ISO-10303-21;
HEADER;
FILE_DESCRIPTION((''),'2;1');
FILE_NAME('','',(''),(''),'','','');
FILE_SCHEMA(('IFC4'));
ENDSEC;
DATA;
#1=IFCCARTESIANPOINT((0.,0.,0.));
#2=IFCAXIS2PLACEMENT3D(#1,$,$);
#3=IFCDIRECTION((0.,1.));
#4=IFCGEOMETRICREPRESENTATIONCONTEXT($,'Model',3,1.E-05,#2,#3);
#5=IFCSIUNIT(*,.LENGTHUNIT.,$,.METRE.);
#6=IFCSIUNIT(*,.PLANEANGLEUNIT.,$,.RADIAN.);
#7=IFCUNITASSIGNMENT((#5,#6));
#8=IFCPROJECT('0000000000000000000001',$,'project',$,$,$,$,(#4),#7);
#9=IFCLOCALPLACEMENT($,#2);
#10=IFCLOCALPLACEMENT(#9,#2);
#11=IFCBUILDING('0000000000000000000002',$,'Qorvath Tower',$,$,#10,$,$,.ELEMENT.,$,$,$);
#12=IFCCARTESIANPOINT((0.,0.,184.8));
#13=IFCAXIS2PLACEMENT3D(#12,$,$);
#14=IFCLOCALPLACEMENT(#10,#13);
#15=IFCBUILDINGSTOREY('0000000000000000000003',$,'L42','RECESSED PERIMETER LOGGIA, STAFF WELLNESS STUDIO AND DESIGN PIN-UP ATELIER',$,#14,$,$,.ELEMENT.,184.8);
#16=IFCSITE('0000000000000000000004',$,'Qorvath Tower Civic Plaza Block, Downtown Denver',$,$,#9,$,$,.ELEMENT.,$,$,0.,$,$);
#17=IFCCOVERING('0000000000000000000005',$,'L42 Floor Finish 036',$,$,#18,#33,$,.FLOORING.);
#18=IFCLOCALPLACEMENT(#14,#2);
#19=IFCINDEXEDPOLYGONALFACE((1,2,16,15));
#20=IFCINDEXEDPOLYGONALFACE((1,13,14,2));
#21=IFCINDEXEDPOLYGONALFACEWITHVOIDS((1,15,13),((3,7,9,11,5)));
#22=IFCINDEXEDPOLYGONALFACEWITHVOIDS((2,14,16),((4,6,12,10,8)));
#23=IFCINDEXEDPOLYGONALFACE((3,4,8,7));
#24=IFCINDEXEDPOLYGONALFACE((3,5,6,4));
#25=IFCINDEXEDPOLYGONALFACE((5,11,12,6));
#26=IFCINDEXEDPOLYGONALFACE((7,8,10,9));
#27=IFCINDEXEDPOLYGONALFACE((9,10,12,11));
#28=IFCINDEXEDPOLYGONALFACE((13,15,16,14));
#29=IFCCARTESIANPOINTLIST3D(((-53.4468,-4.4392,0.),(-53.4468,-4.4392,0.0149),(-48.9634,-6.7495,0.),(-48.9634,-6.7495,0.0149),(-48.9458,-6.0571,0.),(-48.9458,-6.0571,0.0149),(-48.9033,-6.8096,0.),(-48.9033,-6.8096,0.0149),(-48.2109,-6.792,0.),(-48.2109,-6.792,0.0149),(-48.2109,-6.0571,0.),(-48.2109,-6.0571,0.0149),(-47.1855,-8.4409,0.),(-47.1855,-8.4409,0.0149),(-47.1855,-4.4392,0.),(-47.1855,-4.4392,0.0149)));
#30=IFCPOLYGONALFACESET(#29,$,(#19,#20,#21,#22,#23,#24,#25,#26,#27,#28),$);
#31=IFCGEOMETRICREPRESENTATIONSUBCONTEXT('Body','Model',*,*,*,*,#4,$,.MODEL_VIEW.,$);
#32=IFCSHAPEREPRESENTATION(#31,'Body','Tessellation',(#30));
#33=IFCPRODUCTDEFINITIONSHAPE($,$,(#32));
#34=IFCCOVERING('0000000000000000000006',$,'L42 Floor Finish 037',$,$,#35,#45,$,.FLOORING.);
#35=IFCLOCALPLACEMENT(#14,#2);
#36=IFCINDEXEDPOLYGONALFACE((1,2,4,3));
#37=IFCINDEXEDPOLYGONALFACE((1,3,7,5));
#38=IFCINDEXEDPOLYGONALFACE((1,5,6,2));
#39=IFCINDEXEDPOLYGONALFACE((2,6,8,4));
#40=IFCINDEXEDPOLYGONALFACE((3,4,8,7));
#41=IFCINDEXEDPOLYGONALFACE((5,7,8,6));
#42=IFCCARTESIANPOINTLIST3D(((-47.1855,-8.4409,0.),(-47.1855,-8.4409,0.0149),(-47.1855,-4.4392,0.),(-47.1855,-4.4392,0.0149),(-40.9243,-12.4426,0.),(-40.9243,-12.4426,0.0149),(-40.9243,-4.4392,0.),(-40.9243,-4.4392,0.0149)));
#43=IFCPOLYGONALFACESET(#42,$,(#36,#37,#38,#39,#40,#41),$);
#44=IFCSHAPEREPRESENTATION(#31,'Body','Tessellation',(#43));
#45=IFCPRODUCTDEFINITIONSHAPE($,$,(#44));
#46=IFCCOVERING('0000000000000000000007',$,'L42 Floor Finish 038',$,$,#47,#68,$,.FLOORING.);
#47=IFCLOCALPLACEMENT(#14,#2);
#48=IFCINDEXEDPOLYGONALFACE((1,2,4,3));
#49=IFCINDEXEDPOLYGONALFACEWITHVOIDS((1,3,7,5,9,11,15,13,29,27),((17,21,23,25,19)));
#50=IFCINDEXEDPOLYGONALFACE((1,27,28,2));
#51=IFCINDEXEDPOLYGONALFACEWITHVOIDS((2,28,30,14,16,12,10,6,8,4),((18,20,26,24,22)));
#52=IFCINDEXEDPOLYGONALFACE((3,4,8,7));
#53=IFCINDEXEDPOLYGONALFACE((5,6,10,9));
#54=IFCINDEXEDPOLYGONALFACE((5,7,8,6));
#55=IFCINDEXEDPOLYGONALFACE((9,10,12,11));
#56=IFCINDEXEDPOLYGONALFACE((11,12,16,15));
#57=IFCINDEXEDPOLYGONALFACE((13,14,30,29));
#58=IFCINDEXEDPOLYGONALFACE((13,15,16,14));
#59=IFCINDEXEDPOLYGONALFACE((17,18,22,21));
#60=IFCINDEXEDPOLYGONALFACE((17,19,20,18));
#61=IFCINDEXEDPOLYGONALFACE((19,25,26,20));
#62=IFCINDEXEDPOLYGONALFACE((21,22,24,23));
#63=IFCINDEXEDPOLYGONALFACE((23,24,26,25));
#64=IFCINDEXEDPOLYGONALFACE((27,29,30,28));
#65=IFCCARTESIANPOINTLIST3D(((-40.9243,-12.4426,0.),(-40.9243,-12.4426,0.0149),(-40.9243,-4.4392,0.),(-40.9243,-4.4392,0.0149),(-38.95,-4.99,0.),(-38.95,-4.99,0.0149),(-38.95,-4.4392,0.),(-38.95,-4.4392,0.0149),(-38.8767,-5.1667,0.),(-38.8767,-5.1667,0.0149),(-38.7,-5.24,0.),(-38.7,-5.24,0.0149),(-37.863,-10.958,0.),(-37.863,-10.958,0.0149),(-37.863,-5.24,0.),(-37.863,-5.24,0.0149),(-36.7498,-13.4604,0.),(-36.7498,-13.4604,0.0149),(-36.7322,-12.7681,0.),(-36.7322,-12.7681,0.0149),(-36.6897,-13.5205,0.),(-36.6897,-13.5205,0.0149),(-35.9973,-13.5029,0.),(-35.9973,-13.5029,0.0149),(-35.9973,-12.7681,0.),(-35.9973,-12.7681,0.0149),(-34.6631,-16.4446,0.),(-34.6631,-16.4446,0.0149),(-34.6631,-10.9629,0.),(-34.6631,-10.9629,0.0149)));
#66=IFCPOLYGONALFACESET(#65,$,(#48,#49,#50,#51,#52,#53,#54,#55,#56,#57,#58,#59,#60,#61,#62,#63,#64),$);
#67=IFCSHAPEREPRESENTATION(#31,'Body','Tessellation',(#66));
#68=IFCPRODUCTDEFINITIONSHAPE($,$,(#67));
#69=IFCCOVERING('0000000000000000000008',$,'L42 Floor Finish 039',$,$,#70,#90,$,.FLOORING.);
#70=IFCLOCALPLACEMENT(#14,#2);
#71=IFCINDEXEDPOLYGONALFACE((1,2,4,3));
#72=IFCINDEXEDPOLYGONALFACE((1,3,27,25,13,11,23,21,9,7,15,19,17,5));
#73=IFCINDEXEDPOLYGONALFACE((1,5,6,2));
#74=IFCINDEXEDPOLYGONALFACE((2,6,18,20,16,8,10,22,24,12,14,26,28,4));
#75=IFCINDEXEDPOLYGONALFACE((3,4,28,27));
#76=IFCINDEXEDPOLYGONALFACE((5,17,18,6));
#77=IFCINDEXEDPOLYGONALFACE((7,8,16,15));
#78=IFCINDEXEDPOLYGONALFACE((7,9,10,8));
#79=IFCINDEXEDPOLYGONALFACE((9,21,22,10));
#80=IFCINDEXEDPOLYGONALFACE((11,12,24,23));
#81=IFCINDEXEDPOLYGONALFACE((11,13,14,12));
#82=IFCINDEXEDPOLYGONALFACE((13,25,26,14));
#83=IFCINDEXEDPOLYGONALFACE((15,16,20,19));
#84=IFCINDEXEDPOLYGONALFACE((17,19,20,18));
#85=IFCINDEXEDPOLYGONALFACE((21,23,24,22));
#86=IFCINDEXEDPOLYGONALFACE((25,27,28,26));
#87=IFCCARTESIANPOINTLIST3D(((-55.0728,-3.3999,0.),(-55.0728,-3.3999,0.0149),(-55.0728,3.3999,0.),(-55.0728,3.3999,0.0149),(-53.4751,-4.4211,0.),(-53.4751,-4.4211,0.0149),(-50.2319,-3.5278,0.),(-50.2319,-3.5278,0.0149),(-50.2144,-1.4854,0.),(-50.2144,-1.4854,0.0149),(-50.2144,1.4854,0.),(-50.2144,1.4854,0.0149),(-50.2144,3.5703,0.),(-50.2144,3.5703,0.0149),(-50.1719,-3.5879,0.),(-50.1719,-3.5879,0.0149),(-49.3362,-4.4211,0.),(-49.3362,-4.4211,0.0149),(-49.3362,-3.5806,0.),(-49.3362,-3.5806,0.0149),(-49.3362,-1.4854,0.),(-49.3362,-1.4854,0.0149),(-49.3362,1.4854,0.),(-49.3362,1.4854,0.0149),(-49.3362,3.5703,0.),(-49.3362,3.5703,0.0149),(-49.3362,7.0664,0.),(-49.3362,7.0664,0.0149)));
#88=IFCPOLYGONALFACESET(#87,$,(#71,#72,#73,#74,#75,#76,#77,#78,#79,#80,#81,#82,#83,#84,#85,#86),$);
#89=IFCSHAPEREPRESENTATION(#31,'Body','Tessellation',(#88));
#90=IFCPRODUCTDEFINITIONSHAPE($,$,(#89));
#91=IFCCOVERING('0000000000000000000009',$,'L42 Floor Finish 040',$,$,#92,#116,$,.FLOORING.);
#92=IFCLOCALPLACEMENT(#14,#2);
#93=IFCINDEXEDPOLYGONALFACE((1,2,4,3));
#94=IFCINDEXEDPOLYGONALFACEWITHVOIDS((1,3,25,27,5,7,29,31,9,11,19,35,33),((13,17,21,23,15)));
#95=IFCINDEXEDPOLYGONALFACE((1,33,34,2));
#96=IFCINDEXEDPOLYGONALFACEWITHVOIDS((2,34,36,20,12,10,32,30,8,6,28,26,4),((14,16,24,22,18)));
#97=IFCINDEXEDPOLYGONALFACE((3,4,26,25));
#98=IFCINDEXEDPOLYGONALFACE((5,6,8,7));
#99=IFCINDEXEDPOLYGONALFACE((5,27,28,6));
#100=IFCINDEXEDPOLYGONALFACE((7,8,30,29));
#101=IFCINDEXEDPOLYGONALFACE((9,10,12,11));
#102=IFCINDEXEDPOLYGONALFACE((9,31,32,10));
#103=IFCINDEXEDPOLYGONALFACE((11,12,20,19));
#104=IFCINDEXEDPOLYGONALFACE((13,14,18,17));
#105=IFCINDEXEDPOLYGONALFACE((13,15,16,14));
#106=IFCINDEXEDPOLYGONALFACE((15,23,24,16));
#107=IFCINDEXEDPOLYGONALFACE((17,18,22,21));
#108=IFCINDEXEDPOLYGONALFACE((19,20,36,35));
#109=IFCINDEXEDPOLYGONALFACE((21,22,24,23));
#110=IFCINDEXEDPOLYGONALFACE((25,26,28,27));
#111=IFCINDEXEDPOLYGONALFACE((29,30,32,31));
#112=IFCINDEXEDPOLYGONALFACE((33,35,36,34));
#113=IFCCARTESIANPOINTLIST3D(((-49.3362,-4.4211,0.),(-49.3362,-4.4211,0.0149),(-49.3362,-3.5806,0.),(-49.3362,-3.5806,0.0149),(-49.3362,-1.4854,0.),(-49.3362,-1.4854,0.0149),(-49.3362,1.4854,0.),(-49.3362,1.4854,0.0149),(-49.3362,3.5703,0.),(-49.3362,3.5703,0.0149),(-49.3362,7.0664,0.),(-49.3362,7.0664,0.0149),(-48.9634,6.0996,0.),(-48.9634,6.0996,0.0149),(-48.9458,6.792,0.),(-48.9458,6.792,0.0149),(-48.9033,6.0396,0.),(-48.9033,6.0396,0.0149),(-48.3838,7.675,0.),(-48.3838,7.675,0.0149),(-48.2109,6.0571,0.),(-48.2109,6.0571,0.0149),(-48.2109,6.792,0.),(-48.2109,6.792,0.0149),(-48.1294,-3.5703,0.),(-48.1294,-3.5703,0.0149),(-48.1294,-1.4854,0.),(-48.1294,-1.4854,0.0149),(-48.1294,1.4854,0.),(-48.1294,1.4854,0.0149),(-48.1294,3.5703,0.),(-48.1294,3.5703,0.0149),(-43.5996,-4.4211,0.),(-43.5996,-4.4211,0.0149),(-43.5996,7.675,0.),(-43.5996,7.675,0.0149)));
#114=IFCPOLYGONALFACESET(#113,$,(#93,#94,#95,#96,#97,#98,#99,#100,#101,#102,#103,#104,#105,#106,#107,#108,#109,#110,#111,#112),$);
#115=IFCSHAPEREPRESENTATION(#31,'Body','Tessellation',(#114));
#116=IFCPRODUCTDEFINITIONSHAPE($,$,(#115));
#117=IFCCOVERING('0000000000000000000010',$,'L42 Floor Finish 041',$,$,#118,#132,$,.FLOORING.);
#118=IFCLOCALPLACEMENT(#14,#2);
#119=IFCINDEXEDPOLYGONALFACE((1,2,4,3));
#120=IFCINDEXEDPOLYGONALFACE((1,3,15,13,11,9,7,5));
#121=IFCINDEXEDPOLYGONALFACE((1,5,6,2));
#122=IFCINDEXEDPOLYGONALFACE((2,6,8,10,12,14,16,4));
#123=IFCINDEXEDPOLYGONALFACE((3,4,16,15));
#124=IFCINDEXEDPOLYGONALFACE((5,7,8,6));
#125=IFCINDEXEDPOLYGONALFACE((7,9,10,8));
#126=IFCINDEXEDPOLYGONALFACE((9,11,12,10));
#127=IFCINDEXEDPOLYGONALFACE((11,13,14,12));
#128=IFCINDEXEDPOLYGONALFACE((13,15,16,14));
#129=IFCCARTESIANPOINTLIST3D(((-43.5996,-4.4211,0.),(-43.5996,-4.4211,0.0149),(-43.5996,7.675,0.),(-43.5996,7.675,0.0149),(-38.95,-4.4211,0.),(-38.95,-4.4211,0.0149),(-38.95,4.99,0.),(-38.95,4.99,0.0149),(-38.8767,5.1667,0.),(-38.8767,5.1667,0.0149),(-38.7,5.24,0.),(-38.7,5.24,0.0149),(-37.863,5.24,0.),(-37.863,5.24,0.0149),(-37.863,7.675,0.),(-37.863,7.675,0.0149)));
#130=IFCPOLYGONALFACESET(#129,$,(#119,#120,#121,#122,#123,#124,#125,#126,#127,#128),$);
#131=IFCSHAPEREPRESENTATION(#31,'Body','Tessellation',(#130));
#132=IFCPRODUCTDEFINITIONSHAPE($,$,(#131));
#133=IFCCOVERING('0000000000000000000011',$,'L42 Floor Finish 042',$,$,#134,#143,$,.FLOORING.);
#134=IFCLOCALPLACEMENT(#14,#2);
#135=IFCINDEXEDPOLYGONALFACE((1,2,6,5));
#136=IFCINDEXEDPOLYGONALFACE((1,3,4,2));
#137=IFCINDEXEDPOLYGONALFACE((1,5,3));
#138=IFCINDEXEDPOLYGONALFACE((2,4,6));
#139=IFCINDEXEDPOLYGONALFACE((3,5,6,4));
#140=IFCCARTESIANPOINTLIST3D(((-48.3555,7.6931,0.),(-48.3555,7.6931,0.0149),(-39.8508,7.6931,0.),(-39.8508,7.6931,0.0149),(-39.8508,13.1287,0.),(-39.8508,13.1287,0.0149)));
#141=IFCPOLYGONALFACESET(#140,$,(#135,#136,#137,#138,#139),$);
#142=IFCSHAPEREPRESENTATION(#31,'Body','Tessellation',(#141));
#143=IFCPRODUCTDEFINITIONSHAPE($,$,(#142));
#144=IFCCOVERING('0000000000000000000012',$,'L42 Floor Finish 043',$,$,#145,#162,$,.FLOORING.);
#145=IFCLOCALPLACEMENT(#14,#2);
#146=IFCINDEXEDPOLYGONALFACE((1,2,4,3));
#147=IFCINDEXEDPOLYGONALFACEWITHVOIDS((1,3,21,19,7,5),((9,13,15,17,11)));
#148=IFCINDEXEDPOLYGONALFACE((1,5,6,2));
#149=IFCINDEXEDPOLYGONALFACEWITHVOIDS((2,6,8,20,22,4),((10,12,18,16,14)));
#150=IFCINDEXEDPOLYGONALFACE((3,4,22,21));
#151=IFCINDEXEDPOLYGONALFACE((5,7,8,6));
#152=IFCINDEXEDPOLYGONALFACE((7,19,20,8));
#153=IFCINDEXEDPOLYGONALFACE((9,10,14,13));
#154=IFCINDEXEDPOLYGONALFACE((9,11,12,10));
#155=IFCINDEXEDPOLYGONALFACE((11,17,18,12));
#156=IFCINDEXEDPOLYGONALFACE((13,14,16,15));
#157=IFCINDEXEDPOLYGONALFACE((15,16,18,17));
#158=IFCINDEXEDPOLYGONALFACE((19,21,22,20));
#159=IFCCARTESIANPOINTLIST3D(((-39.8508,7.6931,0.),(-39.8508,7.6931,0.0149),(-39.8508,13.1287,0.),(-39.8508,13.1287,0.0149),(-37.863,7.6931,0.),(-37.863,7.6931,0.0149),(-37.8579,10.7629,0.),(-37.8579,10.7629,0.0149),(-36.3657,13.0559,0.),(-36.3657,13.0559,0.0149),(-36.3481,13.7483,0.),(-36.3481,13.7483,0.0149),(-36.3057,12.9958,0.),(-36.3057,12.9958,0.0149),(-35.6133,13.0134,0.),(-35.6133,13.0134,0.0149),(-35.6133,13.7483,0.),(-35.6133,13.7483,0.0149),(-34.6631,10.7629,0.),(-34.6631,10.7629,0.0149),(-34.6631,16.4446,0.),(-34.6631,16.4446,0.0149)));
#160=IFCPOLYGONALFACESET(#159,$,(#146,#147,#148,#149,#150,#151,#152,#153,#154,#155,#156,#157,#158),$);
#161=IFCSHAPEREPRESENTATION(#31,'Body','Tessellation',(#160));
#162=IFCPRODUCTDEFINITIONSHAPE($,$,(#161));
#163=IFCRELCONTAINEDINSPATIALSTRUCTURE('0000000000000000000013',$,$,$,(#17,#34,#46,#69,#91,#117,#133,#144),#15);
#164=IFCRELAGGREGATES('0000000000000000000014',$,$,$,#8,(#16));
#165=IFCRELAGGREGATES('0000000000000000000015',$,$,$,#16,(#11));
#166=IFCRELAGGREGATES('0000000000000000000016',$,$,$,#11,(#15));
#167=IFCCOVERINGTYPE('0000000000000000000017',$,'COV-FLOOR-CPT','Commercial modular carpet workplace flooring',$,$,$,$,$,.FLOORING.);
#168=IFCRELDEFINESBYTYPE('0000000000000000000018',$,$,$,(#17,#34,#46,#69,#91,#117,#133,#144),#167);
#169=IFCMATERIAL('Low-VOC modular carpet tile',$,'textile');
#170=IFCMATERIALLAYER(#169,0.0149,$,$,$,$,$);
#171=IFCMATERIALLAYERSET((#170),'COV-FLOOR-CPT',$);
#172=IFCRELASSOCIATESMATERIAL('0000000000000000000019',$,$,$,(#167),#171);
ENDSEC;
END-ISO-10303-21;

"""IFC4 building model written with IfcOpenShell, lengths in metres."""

from ifc_helpers import new_model, si_unit, direction, frame, origin, place, context, subcontext, project, spatial, polyline, outline, extrude, material, layer, layer_set, type_object, element, save


model = new_model("IFC4")

# Units and contexts
model_context = context("Model", 3, precision=1e-05, world=origin(), true_north=direction((0.0, 1.0)))
body_context = subcontext(model_context, "Body", "Model", "MODEL_VIEW")
ifc_project = project(units=[si_unit("LENGTHUNIT", "METRE"), si_unit("PLANEANGLEUNIT", "RADIAN")], contexts=[model_context])

# Site, building, storey
site_placement = place(None, origin())
site = spatial("IfcSite", under=ifc_project, at=site_placement, Name="Qorvath Tower Civic Plaza Block, Downtown Denver", CompositionType="ELEMENT", RefElevation=0.0)
building_placement = place(site_placement, origin())
building = spatial("IfcBuilding", under=site, at=building_placement, Name="Qorvath Tower", CompositionType="ELEMENT")
storey_placement = place(building_placement, frame((0.0, 0.0, 184.8)))
storey = spatial("IfcBuildingStorey", under=building, at=storey_placement, Name="L42", Description="RECESSED PERIMETER LOGGIA, STAFF WELLNESS STUDIO AND DESIGN PIN-UP ATELIER", CompositionType="ELEMENT", Elevation=184.8)

# Coverings
ifc_material_1 = material(Name="Low-VOC modular carpet tile", Category="textile")
ifc_layer_1 = layer(ifc_material_1, 0.0149)
ifc_layer_set_1 = layer_set([ifc_layer_1], Name="COV-FLOOR-CPT")
covering_type_1 = type_object("IfcCoveringType", Name="COV-FLOOR-CPT", Description="Commercial modular carpet workplace flooring", PredefinedType="FLOORING", material=ifc_layer_set_1)
covering_1_placement = place(storey_placement, origin())
element("IfcCovering", 1, at=covering_1_placement, inside=storey, type_object=covering_type_1, Name="L42 Floor Finish 036", PredefinedType="FLOORING", context=body_context, shape_type="SweptSolid", body=[
    extrude(outline(polyline([(-47.1855, -8.4409), (-47.1855, -4.4392), (-53.4468, -4.4392), (-47.1855, -8.4409)]), holes=[polyline([(-48.9634, -6.7495), (-48.9458, -6.0571), (-48.2109, -6.0571), (-48.2109, -6.792), (-48.9033, -6.8096), (-48.9634, -6.7495)])]), origin(), (0.0, 0.0, 1.0), 0.0149),
])
covering_2_placement = place(storey_placement, origin())
element("IfcCovering", 2, at=covering_2_placement, inside=storey, type_object=covering_type_1, Name="L42 Floor Finish 037", PredefinedType="FLOORING", context=body_context, shape_type="SweptSolid", body=[
    extrude(outline(polyline([(-40.9243, -12.4426), (-40.9243, -4.4392), (-47.1855, -4.4392), (-47.1855, -8.4409), (-40.9243, -12.4426)])), origin(), (0.0, 0.0, 1.0), 0.0149),
])
covering_3_placement = place(storey_placement, origin())
element("IfcCovering", 3, at=covering_3_placement, inside=storey, type_object=covering_type_1, Name="L42 Floor Finish 038", PredefinedType="FLOORING", context=body_context, shape_type="SweptSolid", body=[
    extrude(outline(polyline([(-37.863, -10.958), (-37.863, -5.24), (-38.7, -5.24), (-38.8767, -5.1667), (-38.95, -4.99), (-38.95, -4.4392), (-40.9243, -4.4392), (-40.9243, -12.4426), (-34.6631, -16.4446), (-34.6631, -10.9629), (-37.863, -10.958)]), holes=[polyline([(-36.7498, -13.4604), (-36.7322, -12.7681), (-35.9973, -12.7681), (-35.9973, -13.5029), (-36.6897, -13.5205), (-36.7498, -13.4604)])]), origin(), (0.0, 0.0, 1.0), 0.0149),
])
covering_4_placement = place(storey_placement, origin())
element("IfcCovering", 4, at=covering_4_placement, inside=storey, type_object=covering_type_1, Name="L42 Floor Finish 039", PredefinedType="FLOORING", context=body_context, shape_type="SweptSolid", body=[
    extrude(outline(polyline([(-49.3362, -4.4211), (-49.3362, -3.5806), (-50.1719, -3.5879), (-50.2319, -3.5278), (-50.2144, -1.4854), (-49.3362, -1.4854), (-49.3362, 1.4854), (-50.2144, 1.4854), (-50.2144, 3.5703), (-49.3362, 3.5703), (-49.3362, 7.0664), (-55.0728, 3.3999), (-55.0728, -3.3999), (-53.4751, -4.4211), (-49.3362, -4.4211)])), origin(), (0.0, 0.0, 1.0), 0.0149),
])
covering_5_placement = place(storey_placement, origin())
element("IfcCovering", 5, at=covering_5_placement, inside=storey, type_object=covering_type_1, Name="L42 Floor Finish 040", PredefinedType="FLOORING", context=body_context, shape_type="SweptSolid", body=[
    extrude(outline(polyline([(-43.5996, -4.4211), (-43.5996, 7.675), (-48.3838, 7.675), (-49.3362, 7.0664), (-49.3362, 3.5703), (-48.1294, 3.5703), (-48.1294, 1.4854), (-49.3362, 1.4854), (-49.3362, -1.4854), (-48.1294, -1.4854), (-48.1294, -3.5703), (-49.3362, -3.5806), (-49.3362, -4.4211), (-43.5996, -4.4211)]), holes=[polyline([(-48.9634, 6.0996), (-48.9458, 6.792), (-48.2109, 6.792), (-48.2109, 6.0571), (-48.9033, 6.0396), (-48.9634, 6.0996)])]), origin(), (0.0, 0.0, 1.0), 0.0149),
])
covering_6_placement = place(storey_placement, origin())
element("IfcCovering", 6, at=covering_6_placement, inside=storey, type_object=covering_type_1, Name="L42 Floor Finish 041", PredefinedType="FLOORING", context=body_context, shape_type="SweptSolid", body=[
    extrude(outline(polyline([(-37.863, 5.24), (-37.863, 7.675), (-43.5996, 7.675), (-43.5996, -4.4211), (-38.95, -4.4211), (-38.95, 4.99), (-38.8767, 5.1667), (-38.7, 5.24), (-37.863, 5.24)])), origin(), (0.0, 0.0, 1.0), 0.0149),
])
covering_7_placement = place(storey_placement, origin())
element("IfcCovering", 7, at=covering_7_placement, inside=storey, type_object=covering_type_1, Name="L42 Floor Finish 042", PredefinedType="FLOORING", context=body_context, shape_type="SweptSolid", body=[
    extrude(outline(polyline([(-39.8508, 7.6931), (-39.8508, 13.1287), (-48.3555, 7.6931), (-39.8508, 7.6931)])), origin(), (0.0, 0.0, 1.0), 0.0149),
])
covering_8_placement = place(storey_placement, origin())
element("IfcCovering", 8, at=covering_8_placement, inside=storey, type_object=covering_type_1, Name="L42 Floor Finish 043", PredefinedType="FLOORING", context=body_context, shape_type="SweptSolid", body=[
    extrude(outline(polyline([(-37.8579, 10.7629), (-34.6631, 10.7629), (-34.6631, 16.4446), (-39.8508, 13.1287), (-39.8508, 7.6931), (-37.863, 7.6931), (-37.8579, 10.7629)]), holes=[polyline([(-36.3657, 13.0559), (-36.3481, 13.7483), (-35.6133, 13.7483), (-35.6133, 13.0134), (-36.3057, 12.9958), (-36.3657, 13.0559)])]), origin(), (0.0, 0.0, 1.0), 0.0149),
])

save(model, "model.ifc")
